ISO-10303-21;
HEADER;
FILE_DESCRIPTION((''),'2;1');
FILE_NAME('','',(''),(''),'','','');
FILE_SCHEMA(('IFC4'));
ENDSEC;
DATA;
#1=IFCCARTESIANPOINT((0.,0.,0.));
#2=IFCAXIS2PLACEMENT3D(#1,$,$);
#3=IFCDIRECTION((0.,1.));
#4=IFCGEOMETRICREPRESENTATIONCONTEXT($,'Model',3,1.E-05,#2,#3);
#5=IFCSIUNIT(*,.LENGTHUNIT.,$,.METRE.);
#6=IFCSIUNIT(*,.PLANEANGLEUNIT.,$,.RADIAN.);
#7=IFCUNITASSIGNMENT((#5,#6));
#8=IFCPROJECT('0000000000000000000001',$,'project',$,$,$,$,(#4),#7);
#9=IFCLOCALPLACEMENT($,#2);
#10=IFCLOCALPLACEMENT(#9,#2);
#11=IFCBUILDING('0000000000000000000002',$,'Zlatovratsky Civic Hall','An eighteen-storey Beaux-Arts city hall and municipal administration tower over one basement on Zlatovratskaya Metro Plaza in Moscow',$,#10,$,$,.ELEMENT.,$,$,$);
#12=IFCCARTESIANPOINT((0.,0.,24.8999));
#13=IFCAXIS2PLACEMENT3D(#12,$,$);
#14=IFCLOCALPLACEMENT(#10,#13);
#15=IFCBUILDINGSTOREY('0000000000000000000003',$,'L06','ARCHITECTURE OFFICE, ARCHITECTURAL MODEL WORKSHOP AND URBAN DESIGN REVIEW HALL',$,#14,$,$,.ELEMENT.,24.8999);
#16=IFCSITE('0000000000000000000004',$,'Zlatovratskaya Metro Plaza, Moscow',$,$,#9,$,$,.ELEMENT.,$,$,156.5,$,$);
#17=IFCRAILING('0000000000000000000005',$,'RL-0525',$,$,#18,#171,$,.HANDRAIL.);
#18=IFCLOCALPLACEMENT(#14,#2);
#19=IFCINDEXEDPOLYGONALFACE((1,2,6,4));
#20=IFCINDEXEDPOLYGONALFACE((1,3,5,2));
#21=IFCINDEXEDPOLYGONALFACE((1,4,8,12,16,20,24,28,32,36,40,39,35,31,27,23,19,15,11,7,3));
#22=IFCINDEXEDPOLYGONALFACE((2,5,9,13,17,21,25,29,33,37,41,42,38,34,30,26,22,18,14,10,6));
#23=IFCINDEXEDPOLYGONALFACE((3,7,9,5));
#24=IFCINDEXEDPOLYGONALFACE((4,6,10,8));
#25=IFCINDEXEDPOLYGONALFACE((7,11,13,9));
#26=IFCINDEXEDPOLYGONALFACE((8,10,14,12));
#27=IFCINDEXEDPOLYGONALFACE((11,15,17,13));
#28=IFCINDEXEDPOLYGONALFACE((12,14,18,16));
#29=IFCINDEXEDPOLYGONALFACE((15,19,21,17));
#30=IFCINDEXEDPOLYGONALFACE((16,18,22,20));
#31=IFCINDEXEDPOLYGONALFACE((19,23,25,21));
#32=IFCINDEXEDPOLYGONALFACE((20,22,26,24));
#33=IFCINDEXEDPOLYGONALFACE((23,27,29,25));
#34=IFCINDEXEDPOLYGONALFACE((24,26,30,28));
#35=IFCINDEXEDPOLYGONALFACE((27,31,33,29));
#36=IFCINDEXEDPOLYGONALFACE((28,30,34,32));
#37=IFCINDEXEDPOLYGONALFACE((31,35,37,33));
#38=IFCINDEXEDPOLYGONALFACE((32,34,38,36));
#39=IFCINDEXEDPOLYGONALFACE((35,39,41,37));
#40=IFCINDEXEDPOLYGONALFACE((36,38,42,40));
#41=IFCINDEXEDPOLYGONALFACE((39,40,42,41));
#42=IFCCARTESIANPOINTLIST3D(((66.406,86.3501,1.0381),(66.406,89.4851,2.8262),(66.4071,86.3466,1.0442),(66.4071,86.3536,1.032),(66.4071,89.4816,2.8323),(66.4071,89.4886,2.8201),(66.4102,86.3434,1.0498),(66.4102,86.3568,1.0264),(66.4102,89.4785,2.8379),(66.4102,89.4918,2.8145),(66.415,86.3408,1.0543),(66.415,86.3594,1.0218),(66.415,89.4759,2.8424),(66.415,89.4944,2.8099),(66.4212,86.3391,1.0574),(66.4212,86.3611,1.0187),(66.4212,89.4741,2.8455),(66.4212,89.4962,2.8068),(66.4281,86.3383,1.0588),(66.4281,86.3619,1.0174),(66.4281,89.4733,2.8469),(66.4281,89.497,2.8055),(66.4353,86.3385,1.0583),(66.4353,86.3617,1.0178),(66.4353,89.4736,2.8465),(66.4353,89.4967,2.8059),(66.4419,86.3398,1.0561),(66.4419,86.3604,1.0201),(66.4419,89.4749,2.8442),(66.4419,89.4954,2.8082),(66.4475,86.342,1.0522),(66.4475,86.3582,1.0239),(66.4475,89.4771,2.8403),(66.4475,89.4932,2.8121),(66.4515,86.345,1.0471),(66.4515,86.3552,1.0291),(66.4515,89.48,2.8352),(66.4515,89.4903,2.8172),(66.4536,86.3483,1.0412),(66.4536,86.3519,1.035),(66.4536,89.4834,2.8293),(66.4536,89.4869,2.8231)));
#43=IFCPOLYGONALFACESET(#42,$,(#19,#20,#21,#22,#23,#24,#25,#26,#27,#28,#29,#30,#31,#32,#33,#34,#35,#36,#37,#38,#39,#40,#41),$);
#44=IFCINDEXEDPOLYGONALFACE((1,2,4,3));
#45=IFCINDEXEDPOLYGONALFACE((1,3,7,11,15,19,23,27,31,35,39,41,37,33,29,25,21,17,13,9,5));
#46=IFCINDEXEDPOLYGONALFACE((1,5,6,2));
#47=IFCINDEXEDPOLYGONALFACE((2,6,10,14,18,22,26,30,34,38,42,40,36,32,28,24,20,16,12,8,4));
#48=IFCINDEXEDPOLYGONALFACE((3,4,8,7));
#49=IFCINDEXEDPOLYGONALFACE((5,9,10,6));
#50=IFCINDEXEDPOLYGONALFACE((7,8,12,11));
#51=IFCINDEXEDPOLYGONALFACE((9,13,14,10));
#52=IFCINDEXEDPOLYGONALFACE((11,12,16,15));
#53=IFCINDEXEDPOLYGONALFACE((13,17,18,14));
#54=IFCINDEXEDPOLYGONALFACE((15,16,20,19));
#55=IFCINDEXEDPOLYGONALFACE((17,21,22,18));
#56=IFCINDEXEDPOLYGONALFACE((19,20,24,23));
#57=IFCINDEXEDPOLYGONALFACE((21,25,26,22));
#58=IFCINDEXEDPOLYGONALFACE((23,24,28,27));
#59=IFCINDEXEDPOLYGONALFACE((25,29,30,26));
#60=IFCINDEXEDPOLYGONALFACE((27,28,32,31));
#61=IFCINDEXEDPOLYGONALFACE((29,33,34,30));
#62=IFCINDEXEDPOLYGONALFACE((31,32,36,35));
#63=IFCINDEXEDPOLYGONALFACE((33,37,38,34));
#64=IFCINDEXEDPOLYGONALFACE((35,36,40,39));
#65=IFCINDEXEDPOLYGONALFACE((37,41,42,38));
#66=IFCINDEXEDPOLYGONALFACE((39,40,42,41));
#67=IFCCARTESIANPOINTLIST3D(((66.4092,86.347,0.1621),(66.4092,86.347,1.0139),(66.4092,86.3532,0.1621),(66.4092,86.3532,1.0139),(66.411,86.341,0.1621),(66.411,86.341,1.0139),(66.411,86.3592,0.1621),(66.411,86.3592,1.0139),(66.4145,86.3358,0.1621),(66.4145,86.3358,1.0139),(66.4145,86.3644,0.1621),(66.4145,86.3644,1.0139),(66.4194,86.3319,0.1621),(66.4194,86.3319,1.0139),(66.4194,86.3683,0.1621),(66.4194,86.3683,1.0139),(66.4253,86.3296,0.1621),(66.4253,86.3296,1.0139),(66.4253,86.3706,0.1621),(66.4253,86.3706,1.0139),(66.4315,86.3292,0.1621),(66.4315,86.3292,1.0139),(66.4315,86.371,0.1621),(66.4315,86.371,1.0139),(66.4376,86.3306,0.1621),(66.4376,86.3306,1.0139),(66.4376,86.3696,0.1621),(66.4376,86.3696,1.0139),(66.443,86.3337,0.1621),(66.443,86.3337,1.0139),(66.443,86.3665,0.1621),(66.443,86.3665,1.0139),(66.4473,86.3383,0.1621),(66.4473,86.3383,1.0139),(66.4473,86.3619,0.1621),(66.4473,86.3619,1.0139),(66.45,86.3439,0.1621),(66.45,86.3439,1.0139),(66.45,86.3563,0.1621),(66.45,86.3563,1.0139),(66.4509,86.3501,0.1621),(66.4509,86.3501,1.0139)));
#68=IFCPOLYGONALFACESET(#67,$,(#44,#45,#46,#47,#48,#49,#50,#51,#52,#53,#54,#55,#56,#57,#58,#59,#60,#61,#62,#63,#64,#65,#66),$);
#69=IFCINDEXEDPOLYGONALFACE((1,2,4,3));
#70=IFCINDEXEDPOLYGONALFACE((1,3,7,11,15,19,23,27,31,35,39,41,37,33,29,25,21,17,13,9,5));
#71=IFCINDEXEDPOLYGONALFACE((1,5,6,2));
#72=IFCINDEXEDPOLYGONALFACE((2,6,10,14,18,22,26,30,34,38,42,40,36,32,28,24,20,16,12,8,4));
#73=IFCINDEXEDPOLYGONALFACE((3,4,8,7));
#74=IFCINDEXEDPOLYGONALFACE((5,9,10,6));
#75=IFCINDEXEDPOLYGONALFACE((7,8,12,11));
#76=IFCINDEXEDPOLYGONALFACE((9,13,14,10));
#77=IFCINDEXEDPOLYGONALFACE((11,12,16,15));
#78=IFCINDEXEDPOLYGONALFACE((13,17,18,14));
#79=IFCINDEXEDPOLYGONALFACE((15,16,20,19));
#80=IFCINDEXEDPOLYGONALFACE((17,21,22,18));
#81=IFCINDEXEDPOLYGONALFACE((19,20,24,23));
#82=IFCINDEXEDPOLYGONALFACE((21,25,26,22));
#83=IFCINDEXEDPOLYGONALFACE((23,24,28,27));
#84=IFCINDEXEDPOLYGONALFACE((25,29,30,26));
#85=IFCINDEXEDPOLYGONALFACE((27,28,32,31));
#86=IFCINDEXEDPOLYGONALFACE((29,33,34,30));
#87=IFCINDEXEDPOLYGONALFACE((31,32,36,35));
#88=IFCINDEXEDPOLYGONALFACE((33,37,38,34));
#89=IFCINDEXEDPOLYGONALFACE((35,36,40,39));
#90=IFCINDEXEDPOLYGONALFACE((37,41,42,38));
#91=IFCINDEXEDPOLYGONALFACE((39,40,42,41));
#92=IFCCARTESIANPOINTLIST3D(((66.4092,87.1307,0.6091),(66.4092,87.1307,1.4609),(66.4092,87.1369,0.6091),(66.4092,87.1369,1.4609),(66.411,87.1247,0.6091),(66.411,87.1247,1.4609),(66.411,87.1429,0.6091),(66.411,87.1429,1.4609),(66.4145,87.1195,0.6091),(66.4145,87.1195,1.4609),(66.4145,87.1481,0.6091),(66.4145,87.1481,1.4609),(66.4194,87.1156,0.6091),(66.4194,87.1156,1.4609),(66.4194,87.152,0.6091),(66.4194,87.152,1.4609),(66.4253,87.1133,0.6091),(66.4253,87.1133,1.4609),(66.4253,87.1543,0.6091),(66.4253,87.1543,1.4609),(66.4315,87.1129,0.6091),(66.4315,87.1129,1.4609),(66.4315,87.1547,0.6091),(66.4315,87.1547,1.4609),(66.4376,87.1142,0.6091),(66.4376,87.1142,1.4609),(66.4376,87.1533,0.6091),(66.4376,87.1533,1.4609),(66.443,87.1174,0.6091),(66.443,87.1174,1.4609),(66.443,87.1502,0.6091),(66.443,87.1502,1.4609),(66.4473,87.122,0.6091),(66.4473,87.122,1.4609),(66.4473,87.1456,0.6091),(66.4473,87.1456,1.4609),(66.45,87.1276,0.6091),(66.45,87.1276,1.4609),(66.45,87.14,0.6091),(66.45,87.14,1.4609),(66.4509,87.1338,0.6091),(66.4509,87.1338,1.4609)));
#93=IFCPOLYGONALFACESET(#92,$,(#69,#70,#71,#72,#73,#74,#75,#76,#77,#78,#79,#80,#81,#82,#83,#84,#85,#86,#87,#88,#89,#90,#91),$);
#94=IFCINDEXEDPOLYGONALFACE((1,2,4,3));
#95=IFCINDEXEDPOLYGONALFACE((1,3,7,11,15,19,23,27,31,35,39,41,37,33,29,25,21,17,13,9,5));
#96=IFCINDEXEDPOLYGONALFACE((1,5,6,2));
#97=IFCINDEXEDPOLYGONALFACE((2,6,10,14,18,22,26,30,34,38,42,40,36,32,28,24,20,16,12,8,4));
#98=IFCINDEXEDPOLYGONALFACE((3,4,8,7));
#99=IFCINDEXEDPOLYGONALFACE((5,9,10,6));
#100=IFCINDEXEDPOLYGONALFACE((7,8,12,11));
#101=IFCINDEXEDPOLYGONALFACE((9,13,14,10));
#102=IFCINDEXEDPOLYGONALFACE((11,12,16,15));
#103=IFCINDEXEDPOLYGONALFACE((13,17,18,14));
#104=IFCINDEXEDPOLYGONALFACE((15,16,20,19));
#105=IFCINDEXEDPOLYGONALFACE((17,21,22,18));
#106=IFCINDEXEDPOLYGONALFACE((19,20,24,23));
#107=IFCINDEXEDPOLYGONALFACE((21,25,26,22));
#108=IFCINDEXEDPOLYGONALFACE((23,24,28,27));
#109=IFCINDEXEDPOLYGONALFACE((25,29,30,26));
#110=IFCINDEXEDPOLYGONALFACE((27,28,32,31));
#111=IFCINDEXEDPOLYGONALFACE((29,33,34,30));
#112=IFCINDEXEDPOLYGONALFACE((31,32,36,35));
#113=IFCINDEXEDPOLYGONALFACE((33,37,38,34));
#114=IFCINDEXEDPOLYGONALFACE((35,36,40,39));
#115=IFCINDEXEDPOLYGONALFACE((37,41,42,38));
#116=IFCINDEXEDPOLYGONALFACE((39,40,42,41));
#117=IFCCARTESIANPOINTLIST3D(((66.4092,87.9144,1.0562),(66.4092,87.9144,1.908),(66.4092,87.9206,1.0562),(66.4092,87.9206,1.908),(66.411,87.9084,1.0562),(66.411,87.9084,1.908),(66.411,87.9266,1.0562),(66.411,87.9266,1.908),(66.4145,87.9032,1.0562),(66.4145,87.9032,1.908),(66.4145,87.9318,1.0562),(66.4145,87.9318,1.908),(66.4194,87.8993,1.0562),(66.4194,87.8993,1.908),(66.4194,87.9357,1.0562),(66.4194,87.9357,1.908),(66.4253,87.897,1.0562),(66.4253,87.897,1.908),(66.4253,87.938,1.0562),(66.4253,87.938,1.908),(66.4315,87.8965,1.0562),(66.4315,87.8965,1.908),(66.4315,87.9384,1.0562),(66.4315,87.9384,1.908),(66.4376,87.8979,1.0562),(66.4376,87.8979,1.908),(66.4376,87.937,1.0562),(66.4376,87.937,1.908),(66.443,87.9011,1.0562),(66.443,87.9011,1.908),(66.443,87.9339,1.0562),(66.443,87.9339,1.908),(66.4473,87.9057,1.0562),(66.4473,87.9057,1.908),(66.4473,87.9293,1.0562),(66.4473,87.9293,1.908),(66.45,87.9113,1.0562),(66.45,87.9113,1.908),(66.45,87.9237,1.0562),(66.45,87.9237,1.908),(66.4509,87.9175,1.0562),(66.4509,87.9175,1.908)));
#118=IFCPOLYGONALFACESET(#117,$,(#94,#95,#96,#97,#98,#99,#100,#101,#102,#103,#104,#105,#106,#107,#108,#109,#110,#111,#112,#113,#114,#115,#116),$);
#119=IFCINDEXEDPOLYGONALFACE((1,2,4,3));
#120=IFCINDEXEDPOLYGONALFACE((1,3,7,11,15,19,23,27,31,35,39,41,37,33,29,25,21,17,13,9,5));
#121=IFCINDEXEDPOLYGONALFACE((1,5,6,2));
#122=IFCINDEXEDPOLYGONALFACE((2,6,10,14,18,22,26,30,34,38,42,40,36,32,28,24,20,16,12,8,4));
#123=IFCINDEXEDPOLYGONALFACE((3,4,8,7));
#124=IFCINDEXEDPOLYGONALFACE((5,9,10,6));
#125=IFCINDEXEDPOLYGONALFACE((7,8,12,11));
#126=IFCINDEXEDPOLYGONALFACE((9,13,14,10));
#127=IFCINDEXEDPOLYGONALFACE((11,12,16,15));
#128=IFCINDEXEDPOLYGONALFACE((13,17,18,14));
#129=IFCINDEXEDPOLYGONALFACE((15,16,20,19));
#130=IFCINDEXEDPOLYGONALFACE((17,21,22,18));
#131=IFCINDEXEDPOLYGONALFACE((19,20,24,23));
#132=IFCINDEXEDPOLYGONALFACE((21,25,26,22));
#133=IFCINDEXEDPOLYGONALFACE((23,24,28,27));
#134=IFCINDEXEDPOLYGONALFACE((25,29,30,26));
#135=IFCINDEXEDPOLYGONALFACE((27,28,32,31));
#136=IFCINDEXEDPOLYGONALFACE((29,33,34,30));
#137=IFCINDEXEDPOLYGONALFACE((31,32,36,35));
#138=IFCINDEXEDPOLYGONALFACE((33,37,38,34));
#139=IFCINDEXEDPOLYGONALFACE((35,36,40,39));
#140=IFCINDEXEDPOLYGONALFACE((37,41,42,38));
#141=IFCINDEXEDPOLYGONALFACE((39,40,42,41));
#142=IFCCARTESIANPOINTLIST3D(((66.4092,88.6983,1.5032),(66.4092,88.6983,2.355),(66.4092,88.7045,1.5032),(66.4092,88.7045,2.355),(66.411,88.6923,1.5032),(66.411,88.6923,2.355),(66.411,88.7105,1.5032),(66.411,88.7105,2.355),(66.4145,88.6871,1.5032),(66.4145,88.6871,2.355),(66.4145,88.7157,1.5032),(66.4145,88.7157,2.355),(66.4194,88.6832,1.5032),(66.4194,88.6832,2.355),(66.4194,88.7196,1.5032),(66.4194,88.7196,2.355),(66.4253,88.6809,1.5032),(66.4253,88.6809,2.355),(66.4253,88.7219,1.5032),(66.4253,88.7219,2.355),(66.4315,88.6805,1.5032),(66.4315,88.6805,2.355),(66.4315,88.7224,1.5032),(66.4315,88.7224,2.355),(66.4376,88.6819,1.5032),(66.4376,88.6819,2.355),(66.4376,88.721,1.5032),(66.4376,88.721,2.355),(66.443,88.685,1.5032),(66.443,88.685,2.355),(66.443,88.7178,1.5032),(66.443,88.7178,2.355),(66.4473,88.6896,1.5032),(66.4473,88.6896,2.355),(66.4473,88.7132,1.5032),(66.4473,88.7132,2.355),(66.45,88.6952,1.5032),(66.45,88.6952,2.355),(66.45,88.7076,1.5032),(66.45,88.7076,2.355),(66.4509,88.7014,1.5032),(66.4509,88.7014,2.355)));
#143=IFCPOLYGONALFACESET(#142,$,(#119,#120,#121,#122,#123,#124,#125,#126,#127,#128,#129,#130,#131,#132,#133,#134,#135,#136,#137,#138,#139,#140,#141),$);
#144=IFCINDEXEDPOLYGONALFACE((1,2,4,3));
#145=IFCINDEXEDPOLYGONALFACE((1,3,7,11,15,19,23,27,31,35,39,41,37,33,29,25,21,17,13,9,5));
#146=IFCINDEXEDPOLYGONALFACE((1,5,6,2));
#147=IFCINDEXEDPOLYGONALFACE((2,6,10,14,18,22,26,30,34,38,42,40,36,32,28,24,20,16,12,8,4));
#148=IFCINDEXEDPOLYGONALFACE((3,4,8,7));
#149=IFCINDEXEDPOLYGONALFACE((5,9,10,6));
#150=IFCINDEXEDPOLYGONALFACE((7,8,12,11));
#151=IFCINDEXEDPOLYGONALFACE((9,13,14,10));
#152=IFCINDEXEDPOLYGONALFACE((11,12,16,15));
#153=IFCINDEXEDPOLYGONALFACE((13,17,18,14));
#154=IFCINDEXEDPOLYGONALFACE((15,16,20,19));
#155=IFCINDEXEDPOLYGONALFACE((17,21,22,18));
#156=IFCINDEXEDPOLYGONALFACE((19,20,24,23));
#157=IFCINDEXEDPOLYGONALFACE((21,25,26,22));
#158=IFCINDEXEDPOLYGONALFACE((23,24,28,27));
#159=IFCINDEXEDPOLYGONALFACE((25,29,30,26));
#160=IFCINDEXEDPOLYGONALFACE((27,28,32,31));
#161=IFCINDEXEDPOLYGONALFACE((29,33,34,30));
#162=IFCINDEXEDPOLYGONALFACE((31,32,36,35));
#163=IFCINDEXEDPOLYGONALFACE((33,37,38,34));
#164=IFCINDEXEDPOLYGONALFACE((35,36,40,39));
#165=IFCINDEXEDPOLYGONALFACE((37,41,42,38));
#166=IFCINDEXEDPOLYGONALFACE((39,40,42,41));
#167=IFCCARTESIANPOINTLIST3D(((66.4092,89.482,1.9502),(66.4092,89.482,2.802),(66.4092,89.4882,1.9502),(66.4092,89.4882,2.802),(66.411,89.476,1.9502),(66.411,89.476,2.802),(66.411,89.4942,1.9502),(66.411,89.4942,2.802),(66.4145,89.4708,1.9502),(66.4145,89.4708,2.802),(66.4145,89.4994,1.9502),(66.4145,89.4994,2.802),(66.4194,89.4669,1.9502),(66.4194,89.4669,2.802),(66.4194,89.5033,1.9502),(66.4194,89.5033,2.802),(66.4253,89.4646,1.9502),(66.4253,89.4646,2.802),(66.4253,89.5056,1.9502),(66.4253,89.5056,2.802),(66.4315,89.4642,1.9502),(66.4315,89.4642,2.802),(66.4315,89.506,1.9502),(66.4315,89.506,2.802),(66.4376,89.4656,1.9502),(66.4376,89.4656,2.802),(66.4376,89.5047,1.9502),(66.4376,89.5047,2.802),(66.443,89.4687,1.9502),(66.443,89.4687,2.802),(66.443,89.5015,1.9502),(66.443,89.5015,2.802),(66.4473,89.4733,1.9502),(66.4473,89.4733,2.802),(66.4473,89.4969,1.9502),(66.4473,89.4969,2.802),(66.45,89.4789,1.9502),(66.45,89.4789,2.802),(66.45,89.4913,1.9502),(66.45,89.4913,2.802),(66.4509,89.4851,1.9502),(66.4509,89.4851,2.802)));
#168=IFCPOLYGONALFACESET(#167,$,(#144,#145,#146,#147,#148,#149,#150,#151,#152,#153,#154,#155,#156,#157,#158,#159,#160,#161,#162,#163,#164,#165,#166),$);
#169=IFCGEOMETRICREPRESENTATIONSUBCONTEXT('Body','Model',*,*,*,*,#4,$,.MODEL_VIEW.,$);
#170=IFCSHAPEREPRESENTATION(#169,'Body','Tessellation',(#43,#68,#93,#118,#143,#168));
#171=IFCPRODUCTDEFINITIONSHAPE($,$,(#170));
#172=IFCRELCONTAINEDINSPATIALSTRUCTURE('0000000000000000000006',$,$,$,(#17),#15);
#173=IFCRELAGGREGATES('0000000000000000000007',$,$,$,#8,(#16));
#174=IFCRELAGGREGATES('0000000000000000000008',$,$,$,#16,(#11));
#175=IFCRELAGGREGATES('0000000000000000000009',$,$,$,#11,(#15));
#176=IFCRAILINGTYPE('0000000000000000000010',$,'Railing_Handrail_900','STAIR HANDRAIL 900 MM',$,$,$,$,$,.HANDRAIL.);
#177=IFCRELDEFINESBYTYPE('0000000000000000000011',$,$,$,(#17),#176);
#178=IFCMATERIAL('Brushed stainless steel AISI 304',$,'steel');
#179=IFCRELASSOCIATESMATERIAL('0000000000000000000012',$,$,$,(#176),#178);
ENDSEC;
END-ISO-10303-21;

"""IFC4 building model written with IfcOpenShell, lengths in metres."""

from ifc_helpers import new_model, si_unit, direction, frame, origin, origin_2d, place, context, subcontext, project, spatial, circle, extrude, material, type_object, element, save


model = new_model("IFC4")

# Units and contexts
model_context = context("Model", 3, precision=1e-05, world=origin(), true_north=direction((0.0, 1.0)))
body_context = subcontext(model_context, "Body", "Model", "MODEL_VIEW")
ifc_project = project(units=[si_unit("LENGTHUNIT", "METRE"), si_unit("PLANEANGLEUNIT", "RADIAN")], contexts=[model_context])

# Site, building, storey
site_placement = place(None, origin())
site = spatial("IfcSite", under=ifc_project, at=site_placement, Name="Zlatovratskaya Metro Plaza, Moscow", CompositionType="ELEMENT", RefElevation=156.5)
building_placement = place(site_placement, origin())
building = spatial("IfcBuilding", under=site, at=building_placement, Name="Zlatovratsky Civic Hall", Description="An eighteen-storey Beaux-Arts city hall and municipal administration tower over one basement on Zlatovratskaya Metro Plaza in Moscow", CompositionType="ELEMENT")
storey_placement = place(building_placement, frame((0.0, 0.0, 24.8999)))
storey = spatial("IfcBuildingStorey", under=building, at=storey_placement, Name="L06", Description="ARCHITECTURE OFFICE, ARCHITECTURAL MODEL WORKSHOP AND URBAN DESIGN REVIEW HALL", CompositionType="ELEMENT", Elevation=24.8999)

# Railing
ifc_material_1 = material(Name="Brushed stainless steel AISI 304", Category="steel")
railing_type = type_object("IfcRailingType", Name="Railing_Handrail_900", Description="STAIR HANDRAIL 900 MM", PredefinedType="HANDRAIL", material=ifc_material_1)
railing_placement = place(storey_placement, frame((66.4299, 86.3501, 0.1621)))
element("IfcRailing", 1, at=railing_placement, inside=storey, type_object=railing_type, Name="RL-0525", PredefinedType="HANDRAIL", context=body_context, shape_type="SweptSolid", body=[
    extrude(circle(Radius=0.0239, at=origin_2d()), frame((0.0, 0.0, 0.876), z_axis=(0.0, 0.868642, 0.495439), x_axis=(-1.0, 0.0, 0.0)), (0.0, 0.0, 1.0), 3.6091),
    extrude(circle(Radius=0.021, at=origin_2d()), origin(), (0.0, 0.0, 1.0), 0.8518),
    extrude(circle(Radius=0.021, at=origin_2d()), frame((0.0, 0.7837, 0.447)), (0.0, 0.0, 1.0), 0.8518),
    extrude(circle(Radius=0.021, at=origin_2d()), frame((0.0, 1.5674, 0.894)), (0.0, 0.0, 1.0), 0.8518),
    extrude(circle(Radius=0.021, at=origin_2d()), frame((0.0, 2.3513, 1.3411)), (0.0, 0.0, 1.0), 0.8518),
    extrude(circle(Radius=0.021, at=origin_2d()), frame((0.0, 3.135, 1.7881)), (0.0, 0.0, 1.0), 0.8518),
])

save(model, "model.ifc")
